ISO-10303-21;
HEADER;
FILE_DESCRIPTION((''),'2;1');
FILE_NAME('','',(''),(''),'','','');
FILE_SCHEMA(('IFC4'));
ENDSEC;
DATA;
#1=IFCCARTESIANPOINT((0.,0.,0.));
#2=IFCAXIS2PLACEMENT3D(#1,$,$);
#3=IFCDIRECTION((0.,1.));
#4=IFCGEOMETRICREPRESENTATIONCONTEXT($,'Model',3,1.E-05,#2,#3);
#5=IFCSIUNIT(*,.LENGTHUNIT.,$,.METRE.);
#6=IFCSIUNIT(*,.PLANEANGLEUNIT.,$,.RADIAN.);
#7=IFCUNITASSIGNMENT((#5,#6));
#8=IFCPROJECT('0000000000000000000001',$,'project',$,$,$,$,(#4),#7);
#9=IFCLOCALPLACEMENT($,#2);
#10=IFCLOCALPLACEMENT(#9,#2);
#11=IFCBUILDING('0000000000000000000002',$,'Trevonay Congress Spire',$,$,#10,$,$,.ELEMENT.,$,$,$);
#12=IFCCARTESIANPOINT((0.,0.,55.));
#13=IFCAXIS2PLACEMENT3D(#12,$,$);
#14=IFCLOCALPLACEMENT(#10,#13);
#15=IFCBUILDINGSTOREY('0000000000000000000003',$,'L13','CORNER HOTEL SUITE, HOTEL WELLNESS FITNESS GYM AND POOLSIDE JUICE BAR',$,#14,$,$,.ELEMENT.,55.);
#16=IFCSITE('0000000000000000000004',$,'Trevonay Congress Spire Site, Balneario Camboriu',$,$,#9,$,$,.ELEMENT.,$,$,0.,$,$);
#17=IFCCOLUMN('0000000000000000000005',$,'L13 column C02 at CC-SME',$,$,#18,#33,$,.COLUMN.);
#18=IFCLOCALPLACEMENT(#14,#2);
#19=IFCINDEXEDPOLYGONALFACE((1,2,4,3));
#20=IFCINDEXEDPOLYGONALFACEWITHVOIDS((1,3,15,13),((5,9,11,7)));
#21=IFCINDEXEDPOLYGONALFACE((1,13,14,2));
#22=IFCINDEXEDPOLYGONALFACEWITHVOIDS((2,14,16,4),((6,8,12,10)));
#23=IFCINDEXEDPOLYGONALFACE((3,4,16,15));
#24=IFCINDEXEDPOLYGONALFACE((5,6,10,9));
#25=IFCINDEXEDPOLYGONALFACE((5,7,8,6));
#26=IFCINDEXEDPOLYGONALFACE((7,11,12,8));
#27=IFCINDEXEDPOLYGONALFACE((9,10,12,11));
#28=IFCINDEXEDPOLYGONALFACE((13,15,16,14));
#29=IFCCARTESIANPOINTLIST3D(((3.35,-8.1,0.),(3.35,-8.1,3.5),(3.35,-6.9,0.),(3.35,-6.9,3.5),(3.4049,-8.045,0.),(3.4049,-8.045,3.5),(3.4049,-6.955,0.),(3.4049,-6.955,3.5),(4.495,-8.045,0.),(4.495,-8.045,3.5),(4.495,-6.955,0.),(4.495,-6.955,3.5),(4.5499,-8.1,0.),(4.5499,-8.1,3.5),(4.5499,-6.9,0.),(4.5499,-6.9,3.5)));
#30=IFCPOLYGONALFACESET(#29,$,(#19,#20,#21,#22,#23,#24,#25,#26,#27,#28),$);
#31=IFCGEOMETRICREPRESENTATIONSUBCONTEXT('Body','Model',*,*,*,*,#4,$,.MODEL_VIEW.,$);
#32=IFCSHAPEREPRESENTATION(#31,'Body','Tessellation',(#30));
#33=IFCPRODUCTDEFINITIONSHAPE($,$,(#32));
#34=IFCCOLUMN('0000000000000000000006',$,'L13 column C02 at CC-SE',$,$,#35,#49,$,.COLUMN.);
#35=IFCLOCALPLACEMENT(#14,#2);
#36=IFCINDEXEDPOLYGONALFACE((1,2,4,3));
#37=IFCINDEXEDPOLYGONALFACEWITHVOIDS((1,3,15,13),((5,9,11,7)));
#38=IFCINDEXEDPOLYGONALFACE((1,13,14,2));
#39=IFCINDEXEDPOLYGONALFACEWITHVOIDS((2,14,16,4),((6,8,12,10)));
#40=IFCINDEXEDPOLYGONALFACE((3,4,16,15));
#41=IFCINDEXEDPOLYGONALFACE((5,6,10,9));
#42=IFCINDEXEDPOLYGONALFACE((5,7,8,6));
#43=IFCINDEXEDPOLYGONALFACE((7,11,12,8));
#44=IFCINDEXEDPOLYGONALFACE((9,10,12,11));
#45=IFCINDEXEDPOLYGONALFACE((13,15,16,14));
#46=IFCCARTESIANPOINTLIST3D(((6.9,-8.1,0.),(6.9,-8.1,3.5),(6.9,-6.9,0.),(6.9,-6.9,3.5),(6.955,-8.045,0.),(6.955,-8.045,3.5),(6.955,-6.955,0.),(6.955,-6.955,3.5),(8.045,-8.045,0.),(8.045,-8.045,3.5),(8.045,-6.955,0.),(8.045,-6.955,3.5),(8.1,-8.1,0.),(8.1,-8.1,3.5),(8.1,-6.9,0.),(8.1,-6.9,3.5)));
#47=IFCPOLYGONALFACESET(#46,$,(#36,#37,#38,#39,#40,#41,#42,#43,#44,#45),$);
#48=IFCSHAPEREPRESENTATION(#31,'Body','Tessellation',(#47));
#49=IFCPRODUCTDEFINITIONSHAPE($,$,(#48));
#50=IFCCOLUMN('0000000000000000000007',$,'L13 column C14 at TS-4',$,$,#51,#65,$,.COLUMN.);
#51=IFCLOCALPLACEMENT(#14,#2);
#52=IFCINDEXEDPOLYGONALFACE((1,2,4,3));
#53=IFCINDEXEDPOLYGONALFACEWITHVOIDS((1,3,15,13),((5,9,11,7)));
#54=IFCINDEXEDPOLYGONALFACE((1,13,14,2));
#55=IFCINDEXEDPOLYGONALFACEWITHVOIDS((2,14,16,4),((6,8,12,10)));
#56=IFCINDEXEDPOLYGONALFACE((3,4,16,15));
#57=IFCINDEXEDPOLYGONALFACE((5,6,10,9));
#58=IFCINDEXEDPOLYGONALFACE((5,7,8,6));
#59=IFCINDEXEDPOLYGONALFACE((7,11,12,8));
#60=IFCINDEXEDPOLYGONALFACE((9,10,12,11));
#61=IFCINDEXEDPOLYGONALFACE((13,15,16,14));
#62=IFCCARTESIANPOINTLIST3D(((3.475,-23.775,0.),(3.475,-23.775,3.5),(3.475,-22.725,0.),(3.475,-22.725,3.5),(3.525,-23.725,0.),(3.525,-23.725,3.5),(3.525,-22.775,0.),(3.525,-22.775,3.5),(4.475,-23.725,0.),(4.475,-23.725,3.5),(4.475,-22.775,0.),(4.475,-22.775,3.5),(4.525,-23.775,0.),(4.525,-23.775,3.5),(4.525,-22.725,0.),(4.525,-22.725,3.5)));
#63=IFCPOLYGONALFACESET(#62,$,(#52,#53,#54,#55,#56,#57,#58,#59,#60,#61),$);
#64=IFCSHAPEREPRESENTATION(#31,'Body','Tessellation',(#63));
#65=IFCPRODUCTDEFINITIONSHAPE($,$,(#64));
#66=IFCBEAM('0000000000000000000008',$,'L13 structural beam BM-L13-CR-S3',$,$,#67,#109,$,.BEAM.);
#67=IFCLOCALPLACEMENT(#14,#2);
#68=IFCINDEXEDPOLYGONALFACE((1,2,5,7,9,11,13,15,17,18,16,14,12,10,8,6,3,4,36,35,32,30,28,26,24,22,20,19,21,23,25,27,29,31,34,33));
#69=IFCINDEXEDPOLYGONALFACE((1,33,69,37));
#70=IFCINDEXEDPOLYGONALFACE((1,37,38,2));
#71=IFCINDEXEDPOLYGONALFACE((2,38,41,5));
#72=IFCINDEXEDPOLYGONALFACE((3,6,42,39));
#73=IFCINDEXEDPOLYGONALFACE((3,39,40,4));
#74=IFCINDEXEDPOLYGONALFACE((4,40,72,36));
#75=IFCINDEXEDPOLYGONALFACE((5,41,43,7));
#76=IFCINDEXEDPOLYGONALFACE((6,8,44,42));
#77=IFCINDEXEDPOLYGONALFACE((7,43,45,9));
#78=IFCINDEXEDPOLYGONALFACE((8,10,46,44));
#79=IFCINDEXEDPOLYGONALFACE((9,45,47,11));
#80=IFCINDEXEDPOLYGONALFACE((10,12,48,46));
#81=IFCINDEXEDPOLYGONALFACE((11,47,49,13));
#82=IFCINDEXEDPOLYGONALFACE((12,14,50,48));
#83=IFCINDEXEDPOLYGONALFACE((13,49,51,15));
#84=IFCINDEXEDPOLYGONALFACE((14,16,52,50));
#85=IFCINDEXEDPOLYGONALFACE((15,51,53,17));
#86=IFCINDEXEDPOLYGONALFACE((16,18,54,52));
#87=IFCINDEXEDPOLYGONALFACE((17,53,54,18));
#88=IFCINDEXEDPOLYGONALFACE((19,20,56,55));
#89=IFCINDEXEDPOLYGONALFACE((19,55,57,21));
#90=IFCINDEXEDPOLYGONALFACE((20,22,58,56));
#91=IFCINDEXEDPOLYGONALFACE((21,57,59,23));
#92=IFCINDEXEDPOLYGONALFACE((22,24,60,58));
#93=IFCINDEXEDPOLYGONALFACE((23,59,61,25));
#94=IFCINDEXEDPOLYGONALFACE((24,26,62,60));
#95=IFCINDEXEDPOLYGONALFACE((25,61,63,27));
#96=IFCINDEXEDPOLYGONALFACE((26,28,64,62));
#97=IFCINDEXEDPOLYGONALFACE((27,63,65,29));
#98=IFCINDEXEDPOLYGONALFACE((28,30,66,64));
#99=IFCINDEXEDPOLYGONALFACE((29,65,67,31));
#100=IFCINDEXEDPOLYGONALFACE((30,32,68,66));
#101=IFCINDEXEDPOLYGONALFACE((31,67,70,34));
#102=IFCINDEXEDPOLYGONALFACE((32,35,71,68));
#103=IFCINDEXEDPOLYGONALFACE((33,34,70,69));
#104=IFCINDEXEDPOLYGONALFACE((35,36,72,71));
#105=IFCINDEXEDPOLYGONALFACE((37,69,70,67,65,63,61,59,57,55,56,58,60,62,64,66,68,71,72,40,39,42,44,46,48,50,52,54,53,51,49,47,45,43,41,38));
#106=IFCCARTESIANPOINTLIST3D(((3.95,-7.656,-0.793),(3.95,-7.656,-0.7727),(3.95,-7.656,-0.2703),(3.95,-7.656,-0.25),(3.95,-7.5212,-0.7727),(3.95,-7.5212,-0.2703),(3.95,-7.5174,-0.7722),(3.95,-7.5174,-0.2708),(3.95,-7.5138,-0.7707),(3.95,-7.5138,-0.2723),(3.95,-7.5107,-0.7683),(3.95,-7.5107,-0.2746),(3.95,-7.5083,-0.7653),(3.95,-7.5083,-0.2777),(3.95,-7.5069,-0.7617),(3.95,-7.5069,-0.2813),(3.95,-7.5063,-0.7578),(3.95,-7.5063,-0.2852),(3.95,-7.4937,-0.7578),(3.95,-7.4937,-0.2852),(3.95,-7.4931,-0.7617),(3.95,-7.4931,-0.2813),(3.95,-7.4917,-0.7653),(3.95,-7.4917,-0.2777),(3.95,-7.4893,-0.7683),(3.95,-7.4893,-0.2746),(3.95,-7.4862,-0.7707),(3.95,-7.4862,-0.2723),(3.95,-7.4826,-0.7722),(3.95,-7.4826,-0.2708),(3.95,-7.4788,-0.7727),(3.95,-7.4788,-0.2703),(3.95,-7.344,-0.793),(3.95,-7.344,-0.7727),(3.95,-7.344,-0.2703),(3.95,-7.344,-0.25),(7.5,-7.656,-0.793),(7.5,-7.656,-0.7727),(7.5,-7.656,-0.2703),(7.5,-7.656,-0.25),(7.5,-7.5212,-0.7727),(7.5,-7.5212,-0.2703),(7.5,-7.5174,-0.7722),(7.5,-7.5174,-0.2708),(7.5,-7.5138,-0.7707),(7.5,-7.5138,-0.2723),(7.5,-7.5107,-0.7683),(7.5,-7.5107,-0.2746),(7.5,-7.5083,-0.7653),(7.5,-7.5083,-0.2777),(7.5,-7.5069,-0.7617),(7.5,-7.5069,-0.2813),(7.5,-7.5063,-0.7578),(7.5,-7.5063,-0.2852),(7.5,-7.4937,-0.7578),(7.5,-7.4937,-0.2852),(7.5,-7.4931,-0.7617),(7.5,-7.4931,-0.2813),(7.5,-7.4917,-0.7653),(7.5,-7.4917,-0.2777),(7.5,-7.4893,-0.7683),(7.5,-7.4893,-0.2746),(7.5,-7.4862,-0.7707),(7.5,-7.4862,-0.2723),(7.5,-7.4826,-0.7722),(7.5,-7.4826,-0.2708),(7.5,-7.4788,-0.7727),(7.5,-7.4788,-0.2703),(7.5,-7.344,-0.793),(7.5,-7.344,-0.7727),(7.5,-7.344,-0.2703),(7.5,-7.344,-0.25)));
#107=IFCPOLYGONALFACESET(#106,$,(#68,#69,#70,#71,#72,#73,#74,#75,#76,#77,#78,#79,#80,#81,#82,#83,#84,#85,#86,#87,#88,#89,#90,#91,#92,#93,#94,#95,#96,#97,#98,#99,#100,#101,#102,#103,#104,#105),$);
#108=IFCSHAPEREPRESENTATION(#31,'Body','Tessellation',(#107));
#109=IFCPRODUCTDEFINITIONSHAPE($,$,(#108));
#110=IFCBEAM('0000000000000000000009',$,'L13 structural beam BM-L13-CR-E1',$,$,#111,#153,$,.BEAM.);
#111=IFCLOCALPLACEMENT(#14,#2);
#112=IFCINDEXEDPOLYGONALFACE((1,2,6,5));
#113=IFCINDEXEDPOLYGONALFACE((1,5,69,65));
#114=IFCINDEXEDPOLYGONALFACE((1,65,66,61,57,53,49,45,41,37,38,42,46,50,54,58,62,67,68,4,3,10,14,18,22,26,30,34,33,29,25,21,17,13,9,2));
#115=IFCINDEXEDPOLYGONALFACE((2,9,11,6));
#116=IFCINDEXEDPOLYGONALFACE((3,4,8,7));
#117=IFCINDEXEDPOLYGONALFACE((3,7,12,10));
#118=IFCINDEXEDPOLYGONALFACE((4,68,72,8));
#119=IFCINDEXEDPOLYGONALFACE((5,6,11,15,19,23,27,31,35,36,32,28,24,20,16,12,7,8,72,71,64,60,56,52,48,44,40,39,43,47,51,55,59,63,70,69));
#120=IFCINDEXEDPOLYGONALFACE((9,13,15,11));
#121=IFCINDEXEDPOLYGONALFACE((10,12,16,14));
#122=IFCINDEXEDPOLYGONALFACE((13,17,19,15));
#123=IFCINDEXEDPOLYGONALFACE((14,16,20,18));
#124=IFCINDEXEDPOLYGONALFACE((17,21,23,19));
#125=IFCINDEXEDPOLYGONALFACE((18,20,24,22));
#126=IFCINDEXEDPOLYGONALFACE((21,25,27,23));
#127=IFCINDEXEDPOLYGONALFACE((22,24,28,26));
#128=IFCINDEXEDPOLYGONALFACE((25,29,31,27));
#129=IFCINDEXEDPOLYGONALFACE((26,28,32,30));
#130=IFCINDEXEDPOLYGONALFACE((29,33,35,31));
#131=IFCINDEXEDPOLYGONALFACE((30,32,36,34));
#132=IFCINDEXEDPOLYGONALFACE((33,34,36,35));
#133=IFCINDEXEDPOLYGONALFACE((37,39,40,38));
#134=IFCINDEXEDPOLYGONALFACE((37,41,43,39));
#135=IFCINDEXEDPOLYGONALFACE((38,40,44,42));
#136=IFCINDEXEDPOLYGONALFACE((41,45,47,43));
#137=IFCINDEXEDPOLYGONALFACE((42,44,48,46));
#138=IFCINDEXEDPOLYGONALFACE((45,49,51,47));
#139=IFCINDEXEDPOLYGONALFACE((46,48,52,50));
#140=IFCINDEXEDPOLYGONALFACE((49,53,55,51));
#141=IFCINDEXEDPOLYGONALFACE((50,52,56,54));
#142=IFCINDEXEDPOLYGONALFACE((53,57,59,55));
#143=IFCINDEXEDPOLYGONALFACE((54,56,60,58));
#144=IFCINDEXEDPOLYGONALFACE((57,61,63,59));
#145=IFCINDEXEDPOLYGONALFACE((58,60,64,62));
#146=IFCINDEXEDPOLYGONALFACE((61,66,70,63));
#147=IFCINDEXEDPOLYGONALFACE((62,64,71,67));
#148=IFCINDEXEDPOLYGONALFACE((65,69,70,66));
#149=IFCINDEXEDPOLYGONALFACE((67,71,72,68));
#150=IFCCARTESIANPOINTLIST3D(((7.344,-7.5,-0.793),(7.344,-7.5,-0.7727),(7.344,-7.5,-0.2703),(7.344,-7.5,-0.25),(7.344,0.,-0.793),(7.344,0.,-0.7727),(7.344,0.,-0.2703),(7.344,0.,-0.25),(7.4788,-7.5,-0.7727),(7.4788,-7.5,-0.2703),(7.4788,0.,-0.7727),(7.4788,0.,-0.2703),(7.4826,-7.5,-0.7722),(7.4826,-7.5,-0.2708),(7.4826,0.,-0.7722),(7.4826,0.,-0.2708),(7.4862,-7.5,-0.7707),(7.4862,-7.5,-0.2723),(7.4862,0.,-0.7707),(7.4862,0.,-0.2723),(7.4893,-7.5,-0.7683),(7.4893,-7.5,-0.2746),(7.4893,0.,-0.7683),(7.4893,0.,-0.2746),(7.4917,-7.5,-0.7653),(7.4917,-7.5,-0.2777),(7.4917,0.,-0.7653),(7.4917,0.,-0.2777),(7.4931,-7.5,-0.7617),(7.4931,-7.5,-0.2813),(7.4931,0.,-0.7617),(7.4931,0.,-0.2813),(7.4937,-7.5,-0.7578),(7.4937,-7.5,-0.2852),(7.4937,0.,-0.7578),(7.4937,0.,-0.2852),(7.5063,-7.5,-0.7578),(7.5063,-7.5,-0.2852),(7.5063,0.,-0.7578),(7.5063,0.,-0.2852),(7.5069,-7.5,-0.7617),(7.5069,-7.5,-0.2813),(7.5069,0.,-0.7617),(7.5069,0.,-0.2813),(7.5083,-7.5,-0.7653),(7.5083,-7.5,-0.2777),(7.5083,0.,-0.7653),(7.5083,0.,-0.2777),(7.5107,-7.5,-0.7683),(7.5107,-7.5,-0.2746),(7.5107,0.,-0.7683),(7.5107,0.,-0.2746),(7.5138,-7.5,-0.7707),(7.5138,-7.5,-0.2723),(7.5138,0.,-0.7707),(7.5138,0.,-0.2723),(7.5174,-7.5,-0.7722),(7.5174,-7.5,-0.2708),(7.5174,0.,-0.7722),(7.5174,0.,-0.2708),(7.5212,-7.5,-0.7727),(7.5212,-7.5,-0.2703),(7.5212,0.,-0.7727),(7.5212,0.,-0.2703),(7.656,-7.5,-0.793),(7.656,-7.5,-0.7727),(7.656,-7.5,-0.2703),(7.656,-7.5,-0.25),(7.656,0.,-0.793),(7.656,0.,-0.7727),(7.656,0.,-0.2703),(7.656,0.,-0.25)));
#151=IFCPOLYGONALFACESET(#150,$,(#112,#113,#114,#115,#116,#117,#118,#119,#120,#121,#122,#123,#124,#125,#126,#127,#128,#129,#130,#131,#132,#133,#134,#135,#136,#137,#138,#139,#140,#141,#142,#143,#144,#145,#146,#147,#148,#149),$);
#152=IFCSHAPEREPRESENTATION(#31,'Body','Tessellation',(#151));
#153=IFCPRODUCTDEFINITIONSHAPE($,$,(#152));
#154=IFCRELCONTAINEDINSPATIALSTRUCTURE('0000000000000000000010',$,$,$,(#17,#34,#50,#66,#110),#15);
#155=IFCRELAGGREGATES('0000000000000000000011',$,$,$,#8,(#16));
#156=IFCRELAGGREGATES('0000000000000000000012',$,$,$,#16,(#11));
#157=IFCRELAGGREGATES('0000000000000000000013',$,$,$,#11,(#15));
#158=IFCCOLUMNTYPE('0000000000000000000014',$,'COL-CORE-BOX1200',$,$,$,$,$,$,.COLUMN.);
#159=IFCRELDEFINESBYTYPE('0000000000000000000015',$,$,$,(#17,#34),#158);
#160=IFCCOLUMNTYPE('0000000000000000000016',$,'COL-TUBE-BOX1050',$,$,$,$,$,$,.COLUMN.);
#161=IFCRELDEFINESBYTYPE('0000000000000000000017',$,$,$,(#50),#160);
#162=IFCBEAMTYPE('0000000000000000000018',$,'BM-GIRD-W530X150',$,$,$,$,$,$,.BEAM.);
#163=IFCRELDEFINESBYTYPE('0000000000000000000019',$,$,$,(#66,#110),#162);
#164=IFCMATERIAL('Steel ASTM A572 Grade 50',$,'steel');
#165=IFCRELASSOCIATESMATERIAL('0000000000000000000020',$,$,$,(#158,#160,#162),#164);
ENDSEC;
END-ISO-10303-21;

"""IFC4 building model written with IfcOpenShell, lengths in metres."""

from ifc_helpers import new_model, si_unit, direction, frame, origin, origin_2d, place, context, subcontext, project, spatial, hollow_rectangle, i_section, extrude, material, material_profile, profile_set, type_object, element, save


model = new_model("IFC4")

# Units and contexts
model_context = context("Model", 3, precision=1e-05, world=origin(), true_north=direction((0.0, 1.0)))
body_context = subcontext(model_context, "Body", "Model", "MODEL_VIEW")
ifc_project = project(units=[si_unit("LENGTHUNIT", "METRE"), si_unit("PLANEANGLEUNIT", "RADIAN")], contexts=[model_context])

# Site, building, storey
site_placement = place(None, origin())
site = spatial("IfcSite", under=ifc_project, at=site_placement, Name="Trevonay Congress Spire Site, Balneario Camboriu", CompositionType="ELEMENT", RefElevation=0.0)
building_placement = place(site_placement, origin())
building = spatial("IfcBuilding", under=site, at=building_placement, Name="Trevonay Congress Spire", CompositionType="ELEMENT")
storey_placement = place(building_placement, frame((0.0, 0.0, 55.0)))
storey = spatial("IfcBuildingStorey", under=building, at=storey_placement, Name="L13", Description="CORNER HOTEL SUITE, HOTEL WELLNESS FITNESS GYM AND POOLSIDE JUICE BAR", CompositionType="ELEMENT", Elevation=55.0)

# Columns
ifc_material_1 = material(Name="Steel ASTM A572 Grade 50", Category="steel")
ifc_material_profile_1 = material_profile(ifc_material_1, hollow_rectangle(XDim=1.2, YDim=1.2, WallThickness=0.0549, at=origin_2d()), Name="BOX 1200x1200x55")
ifc_profile_set_1 = profile_set([ifc_material_profile_1], Name="Steel ASTM A572 Grade 50")
column_type_1 = type_object("IfcColumnType", Name="COL-CORE-BOX1200", PredefinedType="COLUMN", material=ifc_profile_set_1)
for number, where, z_axis, x_axis, name in (
    (1, (3.95, -7.5, 0.0), (0.0, 0.0, 1.0), (1.0, 0.0, 0.0), "L13 column C02 at CC-SME"),
    (2, (7.5, -7.5, 0.0), (0.0, 0.0, 1.0), (1.0, 0.0, 0.0), "L13 column C02 at CC-SE"),
):
    element("IfcColumn", number, at=place(storey_placement, frame(where, z_axis=z_axis, x_axis=x_axis)), inside=storey, type_object=column_type_1, Name=name, PredefinedType="COLUMN", context=body_context, shape_type="SweptSolid", body=[
        extrude(hollow_rectangle(XDim=1.2, YDim=1.2, WallThickness=0.0549, at=origin_2d()), origin(), (0.0, 0.0, 1.0), 3.5),
    ])
ifc_material_profile_2 = material_profile(ifc_material_1, hollow_rectangle(XDim=1.05, YDim=1.05, WallThickness=0.05, at=origin_2d()), Name="BOX 1050x1050x50")
ifc_profile_set_2 = profile_set([ifc_material_profile_2], Name="Steel ASTM A572 Grade 50")
column_type_2 = type_object("IfcColumnType", Name="COL-TUBE-BOX1050", PredefinedType="COLUMN", material=ifc_profile_set_2)
column_placement = place(storey_placement, frame((4.0, -23.25, 0.0), z_axis=(0.0, 0.0, 1.0), x_axis=(1.0, 0.0, 0.0)))
element("IfcColumn", 3, at=column_placement, inside=storey, type_object=column_type_2, Name="L13 column C14 at TS-4", PredefinedType="COLUMN", context=body_context, shape_type="SweptSolid", body=[
    extrude(hollow_rectangle(XDim=1.05, YDim=1.05, WallThickness=0.05, at=origin_2d()), origin(), (0.0, 0.0, 1.0), 3.5),
])

# Beams
ifc_material_profile_3 = material_profile(ifc_material_1, i_section(OverallWidth=0.312, OverallDepth=0.543, WebThickness=0.0127, FlangeThickness=0.0203, FilletRadius=0.0149, at=origin_2d()), Name="W530x150")
ifc_profile_set_3 = profile_set([ifc_material_profile_3], Name="Steel ASTM A572 Grade 50")
beam_type_1 = type_object("IfcBeamType", Name="BM-GIRD-W530X150", PredefinedType="BEAM", material=ifc_profile_set_3)
beam_1_placement = place(storey_placement, frame((3.95, -7.5, -0.5215), z_axis=(1.0, 0.0, 0.0), x_axis=(0.0, 1.0, 0.0)))
element("IfcBeam", 4, at=beam_1_placement, inside=storey, type_object=beam_type_1, Name="L13 structural beam BM-L13-CR-S3", PredefinedType="BEAM", context=body_context, shape_type="SweptSolid", body=[
    extrude(i_section(OverallWidth=0.312, OverallDepth=0.543, WebThickness=0.0127, FlangeThickness=0.0203, FilletRadius=0.0149, at=origin_2d()), origin(), (0.0, 0.0, 1.0), 3.55),
])
beam_2_placement = place(storey_placement, frame((7.5, -7.5, -0.5215), z_axis=(0.0, 1.0, 0.0), x_axis=(-1.0, 0.0, 0.0)))
element("IfcBeam", 5, at=beam_2_placement, inside=storey, type_object=beam_type_1, Name="L13 structural beam BM-L13-CR-E1", PredefinedType="BEAM", context=body_context, shape_type="SweptSolid", body=[
    extrude(i_section(OverallWidth=0.312, OverallDepth=0.543, WebThickness=0.0127, FlangeThickness=0.0203, FilletRadius=0.0149, at=origin_2d()), origin(), (0.0, 0.0, 1.0), 7.5),
])

save(model, "model.ifc")
